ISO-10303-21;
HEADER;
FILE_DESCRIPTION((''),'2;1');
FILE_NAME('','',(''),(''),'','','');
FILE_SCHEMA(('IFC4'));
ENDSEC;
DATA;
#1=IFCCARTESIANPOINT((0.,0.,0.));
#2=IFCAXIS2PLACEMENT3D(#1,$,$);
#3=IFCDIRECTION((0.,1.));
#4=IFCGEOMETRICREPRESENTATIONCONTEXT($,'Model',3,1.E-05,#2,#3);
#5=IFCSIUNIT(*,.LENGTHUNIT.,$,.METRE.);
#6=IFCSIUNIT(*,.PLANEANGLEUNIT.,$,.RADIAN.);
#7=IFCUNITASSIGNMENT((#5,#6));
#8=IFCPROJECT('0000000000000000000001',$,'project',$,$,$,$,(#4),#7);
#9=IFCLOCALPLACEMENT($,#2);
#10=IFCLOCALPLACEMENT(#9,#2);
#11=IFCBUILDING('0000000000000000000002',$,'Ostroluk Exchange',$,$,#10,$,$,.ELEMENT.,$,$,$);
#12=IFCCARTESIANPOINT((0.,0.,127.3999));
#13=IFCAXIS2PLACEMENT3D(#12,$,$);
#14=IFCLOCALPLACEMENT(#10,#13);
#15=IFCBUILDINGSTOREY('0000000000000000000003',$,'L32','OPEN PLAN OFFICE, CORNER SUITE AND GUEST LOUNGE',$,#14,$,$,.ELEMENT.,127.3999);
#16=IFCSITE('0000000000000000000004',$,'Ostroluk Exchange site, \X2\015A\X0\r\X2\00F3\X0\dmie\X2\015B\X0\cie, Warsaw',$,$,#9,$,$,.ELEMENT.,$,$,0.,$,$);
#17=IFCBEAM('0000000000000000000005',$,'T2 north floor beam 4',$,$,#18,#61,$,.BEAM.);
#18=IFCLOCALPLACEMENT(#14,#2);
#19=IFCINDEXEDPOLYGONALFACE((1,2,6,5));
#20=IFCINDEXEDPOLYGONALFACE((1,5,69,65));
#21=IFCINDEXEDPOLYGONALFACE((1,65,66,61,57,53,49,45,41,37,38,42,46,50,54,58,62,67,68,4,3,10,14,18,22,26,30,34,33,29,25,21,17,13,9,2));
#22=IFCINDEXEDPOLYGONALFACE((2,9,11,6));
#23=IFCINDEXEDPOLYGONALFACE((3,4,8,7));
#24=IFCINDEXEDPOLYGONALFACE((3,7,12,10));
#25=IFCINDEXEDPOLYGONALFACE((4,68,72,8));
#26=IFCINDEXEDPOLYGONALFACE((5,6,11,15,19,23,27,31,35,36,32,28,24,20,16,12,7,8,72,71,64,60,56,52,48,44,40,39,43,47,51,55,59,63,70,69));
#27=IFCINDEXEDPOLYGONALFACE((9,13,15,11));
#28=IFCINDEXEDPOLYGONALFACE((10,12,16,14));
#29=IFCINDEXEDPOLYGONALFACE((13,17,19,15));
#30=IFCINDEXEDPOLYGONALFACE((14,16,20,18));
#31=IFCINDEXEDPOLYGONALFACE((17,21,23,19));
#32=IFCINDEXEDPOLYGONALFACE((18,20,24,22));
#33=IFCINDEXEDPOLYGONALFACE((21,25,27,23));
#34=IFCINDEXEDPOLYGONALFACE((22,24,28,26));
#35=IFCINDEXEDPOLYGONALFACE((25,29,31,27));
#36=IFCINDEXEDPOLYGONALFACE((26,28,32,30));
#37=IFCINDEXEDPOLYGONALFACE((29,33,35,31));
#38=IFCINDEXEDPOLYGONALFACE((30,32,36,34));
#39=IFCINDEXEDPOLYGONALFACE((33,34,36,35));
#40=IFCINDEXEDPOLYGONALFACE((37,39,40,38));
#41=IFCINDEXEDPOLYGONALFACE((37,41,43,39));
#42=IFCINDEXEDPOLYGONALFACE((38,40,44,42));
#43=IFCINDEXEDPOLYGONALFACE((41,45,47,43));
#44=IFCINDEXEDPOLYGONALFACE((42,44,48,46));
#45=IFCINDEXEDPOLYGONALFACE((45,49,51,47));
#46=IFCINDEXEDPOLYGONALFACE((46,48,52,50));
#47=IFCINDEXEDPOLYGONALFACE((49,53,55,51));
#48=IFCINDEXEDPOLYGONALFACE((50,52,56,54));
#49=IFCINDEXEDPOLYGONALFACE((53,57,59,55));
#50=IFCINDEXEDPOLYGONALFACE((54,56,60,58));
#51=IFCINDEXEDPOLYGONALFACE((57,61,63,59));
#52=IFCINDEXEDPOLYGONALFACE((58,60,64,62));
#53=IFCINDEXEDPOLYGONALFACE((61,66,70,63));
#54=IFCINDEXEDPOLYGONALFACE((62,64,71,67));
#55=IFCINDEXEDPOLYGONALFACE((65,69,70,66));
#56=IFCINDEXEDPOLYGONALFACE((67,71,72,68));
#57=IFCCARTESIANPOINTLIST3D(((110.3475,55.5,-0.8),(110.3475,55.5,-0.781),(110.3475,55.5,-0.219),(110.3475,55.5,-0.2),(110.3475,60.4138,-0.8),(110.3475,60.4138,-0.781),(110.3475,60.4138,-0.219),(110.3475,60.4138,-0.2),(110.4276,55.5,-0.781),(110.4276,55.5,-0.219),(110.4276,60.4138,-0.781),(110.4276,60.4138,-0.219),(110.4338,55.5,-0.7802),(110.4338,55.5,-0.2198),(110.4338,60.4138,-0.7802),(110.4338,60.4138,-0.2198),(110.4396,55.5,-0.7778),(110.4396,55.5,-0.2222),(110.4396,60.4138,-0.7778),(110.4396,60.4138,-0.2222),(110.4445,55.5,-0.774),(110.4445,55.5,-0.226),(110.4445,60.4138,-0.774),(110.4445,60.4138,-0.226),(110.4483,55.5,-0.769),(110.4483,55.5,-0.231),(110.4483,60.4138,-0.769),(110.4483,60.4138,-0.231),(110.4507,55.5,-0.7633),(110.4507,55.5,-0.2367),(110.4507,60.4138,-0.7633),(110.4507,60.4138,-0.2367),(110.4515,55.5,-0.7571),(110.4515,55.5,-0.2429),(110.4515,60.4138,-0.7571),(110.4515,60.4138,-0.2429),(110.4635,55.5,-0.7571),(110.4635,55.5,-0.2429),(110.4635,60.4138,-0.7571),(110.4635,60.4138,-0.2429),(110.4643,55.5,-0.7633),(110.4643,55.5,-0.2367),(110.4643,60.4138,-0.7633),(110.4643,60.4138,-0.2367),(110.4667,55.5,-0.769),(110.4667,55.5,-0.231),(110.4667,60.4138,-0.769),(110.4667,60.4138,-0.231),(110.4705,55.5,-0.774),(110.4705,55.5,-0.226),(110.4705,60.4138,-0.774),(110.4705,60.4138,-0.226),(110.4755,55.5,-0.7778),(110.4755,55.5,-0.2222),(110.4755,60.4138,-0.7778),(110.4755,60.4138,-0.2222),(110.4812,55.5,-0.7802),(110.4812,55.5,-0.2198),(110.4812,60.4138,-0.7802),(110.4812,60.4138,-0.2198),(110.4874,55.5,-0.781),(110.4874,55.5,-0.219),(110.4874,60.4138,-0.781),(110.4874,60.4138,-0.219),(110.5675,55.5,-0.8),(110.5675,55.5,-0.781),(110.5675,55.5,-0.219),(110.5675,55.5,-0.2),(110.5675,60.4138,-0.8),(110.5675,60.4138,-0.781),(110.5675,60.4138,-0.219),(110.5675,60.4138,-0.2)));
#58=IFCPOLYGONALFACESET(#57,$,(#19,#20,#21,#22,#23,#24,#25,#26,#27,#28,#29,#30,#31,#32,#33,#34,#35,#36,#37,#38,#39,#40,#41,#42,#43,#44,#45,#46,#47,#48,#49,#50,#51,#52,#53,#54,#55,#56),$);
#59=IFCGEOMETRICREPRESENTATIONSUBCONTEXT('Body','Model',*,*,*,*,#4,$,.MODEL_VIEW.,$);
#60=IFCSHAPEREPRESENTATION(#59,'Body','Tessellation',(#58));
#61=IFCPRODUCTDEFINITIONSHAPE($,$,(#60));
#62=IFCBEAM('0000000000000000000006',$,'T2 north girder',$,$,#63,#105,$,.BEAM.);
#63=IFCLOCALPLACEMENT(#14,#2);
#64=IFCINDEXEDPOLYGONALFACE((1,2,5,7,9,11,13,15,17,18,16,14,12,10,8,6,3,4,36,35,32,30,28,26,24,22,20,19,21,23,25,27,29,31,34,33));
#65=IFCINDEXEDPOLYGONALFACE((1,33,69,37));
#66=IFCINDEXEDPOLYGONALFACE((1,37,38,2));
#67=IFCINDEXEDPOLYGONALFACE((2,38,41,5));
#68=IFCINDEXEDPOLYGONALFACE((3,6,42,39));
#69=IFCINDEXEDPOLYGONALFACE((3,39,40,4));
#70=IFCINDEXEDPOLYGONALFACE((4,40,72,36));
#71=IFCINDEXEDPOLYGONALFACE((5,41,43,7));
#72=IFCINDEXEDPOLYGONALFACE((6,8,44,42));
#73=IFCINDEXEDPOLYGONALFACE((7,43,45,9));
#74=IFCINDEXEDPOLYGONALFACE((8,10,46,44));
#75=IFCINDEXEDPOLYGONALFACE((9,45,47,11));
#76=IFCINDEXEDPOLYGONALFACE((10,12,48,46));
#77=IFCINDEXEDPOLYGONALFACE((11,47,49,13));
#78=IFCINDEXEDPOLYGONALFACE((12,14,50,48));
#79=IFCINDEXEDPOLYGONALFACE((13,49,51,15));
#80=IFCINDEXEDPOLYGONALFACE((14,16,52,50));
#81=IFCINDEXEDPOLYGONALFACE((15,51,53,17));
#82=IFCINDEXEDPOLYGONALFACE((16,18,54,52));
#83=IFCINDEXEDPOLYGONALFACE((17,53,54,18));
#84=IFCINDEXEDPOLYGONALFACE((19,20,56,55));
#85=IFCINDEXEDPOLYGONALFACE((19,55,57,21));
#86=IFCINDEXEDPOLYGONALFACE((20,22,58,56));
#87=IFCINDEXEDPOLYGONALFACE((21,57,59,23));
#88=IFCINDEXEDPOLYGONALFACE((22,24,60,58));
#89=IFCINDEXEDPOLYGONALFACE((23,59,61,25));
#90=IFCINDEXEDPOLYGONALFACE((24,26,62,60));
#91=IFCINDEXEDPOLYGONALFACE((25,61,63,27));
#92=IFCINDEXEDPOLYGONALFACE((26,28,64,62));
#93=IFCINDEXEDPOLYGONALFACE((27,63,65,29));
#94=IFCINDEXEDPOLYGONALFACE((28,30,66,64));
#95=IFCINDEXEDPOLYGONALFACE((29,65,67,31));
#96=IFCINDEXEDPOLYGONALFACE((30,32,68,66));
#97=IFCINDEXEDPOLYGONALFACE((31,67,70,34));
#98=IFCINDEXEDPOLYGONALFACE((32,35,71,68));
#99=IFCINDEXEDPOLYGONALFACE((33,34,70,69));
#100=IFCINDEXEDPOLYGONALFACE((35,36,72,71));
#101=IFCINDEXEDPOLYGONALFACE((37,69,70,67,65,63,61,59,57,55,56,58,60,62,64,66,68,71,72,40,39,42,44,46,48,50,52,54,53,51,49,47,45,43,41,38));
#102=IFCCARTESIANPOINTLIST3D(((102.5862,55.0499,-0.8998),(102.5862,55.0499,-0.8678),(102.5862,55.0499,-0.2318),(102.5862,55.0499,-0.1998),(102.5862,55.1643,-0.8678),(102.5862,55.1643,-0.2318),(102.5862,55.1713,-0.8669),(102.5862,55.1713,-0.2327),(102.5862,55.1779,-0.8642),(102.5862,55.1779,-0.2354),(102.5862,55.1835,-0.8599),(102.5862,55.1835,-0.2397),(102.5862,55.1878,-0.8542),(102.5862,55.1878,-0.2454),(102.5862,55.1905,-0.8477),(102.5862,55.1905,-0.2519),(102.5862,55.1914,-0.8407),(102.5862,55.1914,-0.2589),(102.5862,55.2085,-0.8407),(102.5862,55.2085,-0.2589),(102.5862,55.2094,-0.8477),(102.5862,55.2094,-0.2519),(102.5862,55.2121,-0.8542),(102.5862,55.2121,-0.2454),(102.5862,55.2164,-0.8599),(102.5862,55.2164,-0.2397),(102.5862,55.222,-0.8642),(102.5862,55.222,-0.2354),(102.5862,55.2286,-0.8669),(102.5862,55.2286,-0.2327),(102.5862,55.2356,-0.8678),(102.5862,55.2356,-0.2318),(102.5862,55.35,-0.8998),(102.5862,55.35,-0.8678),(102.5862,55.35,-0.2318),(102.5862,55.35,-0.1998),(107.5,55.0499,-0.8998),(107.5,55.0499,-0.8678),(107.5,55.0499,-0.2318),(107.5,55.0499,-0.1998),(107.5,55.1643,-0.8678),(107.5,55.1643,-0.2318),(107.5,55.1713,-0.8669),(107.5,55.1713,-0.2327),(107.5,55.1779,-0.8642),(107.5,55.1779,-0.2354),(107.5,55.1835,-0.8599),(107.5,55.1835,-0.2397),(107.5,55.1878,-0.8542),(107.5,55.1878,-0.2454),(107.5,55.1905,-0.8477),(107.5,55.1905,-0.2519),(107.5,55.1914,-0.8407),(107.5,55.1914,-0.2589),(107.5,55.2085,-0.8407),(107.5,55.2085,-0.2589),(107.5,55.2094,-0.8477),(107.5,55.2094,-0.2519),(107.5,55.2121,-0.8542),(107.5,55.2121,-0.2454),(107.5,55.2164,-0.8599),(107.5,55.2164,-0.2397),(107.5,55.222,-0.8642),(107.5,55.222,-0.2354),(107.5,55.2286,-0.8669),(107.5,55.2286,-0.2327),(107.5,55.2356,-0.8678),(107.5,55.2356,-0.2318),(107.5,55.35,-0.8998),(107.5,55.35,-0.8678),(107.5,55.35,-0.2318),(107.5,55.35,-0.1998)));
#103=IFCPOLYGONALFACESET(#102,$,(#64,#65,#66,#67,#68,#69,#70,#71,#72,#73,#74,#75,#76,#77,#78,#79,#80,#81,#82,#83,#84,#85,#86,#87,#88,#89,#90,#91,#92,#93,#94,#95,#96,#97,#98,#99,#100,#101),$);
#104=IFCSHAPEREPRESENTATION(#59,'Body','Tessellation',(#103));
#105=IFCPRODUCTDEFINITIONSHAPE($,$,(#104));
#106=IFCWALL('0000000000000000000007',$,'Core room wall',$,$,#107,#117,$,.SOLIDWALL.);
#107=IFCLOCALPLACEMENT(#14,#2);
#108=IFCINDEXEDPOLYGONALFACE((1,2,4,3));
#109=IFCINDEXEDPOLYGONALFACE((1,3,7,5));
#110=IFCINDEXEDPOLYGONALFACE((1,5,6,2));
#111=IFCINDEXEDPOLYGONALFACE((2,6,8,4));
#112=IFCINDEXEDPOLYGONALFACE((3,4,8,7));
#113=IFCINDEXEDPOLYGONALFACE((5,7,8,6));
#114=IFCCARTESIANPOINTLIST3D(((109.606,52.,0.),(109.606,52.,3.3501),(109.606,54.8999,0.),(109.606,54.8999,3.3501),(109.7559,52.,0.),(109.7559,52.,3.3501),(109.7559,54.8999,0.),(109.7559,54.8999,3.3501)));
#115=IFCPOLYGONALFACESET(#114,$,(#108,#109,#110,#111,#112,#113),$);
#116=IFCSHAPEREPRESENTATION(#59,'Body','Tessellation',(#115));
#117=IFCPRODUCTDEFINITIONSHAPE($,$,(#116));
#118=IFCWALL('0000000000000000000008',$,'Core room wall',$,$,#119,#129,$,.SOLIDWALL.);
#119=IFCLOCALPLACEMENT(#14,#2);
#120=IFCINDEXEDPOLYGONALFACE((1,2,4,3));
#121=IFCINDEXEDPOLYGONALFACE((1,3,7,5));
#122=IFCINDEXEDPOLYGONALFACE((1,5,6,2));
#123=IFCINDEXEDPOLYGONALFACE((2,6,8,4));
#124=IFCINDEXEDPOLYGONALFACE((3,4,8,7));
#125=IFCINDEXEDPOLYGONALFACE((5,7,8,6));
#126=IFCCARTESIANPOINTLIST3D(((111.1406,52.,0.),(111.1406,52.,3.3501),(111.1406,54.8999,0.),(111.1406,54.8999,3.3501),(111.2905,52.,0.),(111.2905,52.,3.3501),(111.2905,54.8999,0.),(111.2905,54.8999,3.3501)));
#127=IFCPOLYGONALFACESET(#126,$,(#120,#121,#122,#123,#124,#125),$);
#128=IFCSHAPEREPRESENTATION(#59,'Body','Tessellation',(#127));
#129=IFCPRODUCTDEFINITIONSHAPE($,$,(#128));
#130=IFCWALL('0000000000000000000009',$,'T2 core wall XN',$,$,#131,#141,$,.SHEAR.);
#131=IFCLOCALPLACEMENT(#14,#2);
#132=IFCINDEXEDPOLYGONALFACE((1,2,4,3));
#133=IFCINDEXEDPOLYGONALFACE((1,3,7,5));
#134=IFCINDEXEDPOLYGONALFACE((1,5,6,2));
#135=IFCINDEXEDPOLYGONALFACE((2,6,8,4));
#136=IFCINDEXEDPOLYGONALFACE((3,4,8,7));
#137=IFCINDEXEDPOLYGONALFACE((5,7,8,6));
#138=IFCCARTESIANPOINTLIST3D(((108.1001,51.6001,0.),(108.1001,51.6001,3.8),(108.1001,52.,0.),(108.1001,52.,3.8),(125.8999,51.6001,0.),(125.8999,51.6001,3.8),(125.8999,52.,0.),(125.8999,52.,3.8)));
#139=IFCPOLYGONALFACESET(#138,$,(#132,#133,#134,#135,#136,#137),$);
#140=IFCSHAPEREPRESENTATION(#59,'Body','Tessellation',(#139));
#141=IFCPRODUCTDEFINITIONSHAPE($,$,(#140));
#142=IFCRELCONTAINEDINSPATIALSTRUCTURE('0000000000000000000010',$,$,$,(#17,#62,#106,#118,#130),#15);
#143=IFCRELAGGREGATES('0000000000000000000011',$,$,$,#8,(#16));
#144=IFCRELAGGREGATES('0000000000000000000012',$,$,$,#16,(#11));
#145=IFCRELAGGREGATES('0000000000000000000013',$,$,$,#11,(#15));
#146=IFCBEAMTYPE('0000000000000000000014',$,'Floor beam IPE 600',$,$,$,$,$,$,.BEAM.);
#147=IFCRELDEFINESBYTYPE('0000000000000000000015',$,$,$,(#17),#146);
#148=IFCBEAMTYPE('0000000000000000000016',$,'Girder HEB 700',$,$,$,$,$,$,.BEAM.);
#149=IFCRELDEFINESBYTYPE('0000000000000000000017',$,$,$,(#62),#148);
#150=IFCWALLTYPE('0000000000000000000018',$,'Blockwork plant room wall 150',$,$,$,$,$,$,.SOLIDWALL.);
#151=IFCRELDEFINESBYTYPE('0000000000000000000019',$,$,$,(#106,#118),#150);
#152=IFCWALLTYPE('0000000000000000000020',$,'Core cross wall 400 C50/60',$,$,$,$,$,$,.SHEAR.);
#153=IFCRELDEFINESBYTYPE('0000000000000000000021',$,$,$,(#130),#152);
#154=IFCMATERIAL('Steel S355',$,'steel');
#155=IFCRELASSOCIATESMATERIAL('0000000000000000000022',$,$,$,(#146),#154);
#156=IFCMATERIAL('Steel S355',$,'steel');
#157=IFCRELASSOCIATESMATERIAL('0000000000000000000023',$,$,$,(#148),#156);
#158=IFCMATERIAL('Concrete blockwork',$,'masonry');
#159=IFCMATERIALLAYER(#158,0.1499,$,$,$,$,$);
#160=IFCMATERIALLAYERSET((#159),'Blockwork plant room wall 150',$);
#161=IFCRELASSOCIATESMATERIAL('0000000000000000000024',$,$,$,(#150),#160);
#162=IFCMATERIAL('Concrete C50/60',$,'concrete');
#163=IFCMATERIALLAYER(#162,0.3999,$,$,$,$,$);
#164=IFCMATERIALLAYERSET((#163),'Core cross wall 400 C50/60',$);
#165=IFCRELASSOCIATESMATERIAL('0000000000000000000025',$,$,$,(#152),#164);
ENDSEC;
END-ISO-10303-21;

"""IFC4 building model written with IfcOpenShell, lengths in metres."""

from ifc_helpers import new_model, si_unit, direction, frame, frame_2d, origin, origin_2d, place, context, subcontext, project, spatial, rectangle, i_section, extrude, material, layer, layer_set, material_profile, profile_set, type_object, element, save


model = new_model("IFC4")

# Units and contexts
model_context = context("Model", 3, precision=1e-05, world=origin(), true_north=direction((0.0, 1.0)))
body_context = subcontext(model_context, "Body", "Model", "MODEL_VIEW")
ifc_project = project(units=[si_unit("LENGTHUNIT", "METRE"), si_unit("PLANEANGLEUNIT", "RADIAN")], contexts=[model_context])

# Site, building, storey
site_placement = place(None, origin())
site = spatial("IfcSite", under=ifc_project, at=site_placement, Name="Ostroluk Exchange site, Śródmieście, Warsaw", CompositionType="ELEMENT", RefElevation=0.0)
building_placement = place(site_placement, origin())
building = spatial("IfcBuilding", under=site, at=building_placement, Name="Ostroluk Exchange", CompositionType="ELEMENT")
storey_placement = place(building_placement, frame((0.0, 0.0, 127.3999)))
storey = spatial("IfcBuildingStorey", under=building, at=storey_placement, Name="L32", Description="OPEN PLAN OFFICE, CORNER SUITE AND GUEST LOUNGE", CompositionType="ELEMENT", Elevation=127.3999)

# Beams
ifc_material_1 = material(Name="Steel S355", Category="steel")
ifc_material_profile_1 = material_profile(ifc_material_1, i_section(OverallWidth=0.22, OverallDepth=0.6001, WebThickness=0.012, FlangeThickness=0.019, FilletRadius=0.0239, at=origin_2d()), Name="IPE 600")
ifc_profile_set_1 = profile_set([ifc_material_profile_1], Name="Steel S355")
beam_type_1 = type_object("IfcBeamType", Name="Floor beam IPE 600", PredefinedType="BEAM", material=ifc_profile_set_1)
beam_1_placement = place(storey_placement, frame((110.4575, 55.5, -0.5), z_axis=(0.0, 1.0, 0.0), x_axis=(-1.0, 0.0, 0.0)))
element("IfcBeam", 1, at=beam_1_placement, inside=storey, type_object=beam_type_1, Name="T2 north floor beam 4", PredefinedType="BEAM", context=body_context, shape_type="SweptSolid", body=[
    extrude(i_section(OverallWidth=0.22, OverallDepth=0.6001, WebThickness=0.012, FlangeThickness=0.019, FilletRadius=0.0239, at=origin_2d()), origin(), (0.0, 0.0, 1.0), 4.9138),
])
ifc_material_2 = material(Name="Steel S355", Category="steel")
ifc_material_profile_2 = material_profile(ifc_material_2, i_section(OverallWidth=0.3, OverallDepth=0.7, WebThickness=0.0171, FlangeThickness=0.032, FilletRadius=0.0271, at=origin_2d()), Name="HEB 700")
ifc_profile_set_2 = profile_set([ifc_material_profile_2], Name="Steel S355")
beam_type_2 = type_object("IfcBeamType", Name="Girder HEB 700", PredefinedType="BEAM", material=ifc_profile_set_2)
beam_2_placement = place(storey_placement, frame((107.5, 55.2, -0.5498), z_axis=(-1.0, 0.0, 0.0), x_axis=(0.0, -1.0, 0.0)))
element("IfcBeam", 2, at=beam_2_placement, inside=storey, type_object=beam_type_2, Name="T2 north girder", PredefinedType="BEAM", context=body_context, shape_type="SweptSolid", body=[
    extrude(i_section(OverallWidth=0.3, OverallDepth=0.7, WebThickness=0.0171, FlangeThickness=0.032, FilletRadius=0.0271, at=origin_2d()), origin(), (0.0, 0.0, 1.0), 4.9138),
])

# Walls
ifc_material_3 = material(Name="Concrete blockwork", Category="masonry")
ifc_layer_1 = layer(ifc_material_3, 0.1499)
ifc_layer_set_1 = layer_set([ifc_layer_1], Name="Blockwork plant room wall 150")
wall_type_1 = type_object("IfcWallType", Name="Blockwork plant room wall 150", PredefinedType="SOLIDWALL", material=ifc_layer_set_1)
for number, where, z_axis, x_axis, name in (
    (3, (109.6809, 52.0, 0.0), (0.0, 0.0, 1.0), (0.0, 1.0, 0.0), "Core room wall"),
    (4, (111.2156, 52.0, 0.0), (0.0, 0.0, 1.0), (0.0, 1.0, 0.0), "Core room wall"),
):
    element("IfcWall", number, at=place(storey_placement, frame(where, z_axis=z_axis, x_axis=x_axis)), inside=storey, type_object=wall_type_1, Name=name, PredefinedType="SOLIDWALL", context=body_context, shape_type="SweptSolid", body=[
        extrude(rectangle(XDim=2.8999, YDim=0.1499, at=frame_2d((1.45, 0.0))), origin(), (0.0, 0.0, 1.0), 3.3501),
    ])
ifc_material_4 = material(Name="Concrete C50/60", Category="concrete")
ifc_layer_2 = layer(ifc_material_4, 0.3999)
ifc_layer_set_2 = layer_set([ifc_layer_2], Name="Core cross wall 400 C50/60")
wall_type_2 = type_object("IfcWallType", Name="Core cross wall 400 C50/60", PredefinedType="SHEAR", material=ifc_layer_set_2)
wall_1_placement = place(storey_placement, frame((108.1001, 51.8, 0.0), z_axis=(0.0, 0.0, 1.0), x_axis=(1.0, 0.0, 0.0)))
element("IfcWall", 5, at=wall_1_placement, inside=storey, type_object=wall_type_2, Name="T2 core wall XN", PredefinedType="SHEAR", context=body_context, shape_type="SweptSolid", body=[
    extrude(rectangle(XDim=17.7998, YDim=0.3999, at=frame_2d((8.8999, 0.0))), origin(), (0.0, 0.0, 1.0), 3.8),
])

save(model, "model.ifc")
